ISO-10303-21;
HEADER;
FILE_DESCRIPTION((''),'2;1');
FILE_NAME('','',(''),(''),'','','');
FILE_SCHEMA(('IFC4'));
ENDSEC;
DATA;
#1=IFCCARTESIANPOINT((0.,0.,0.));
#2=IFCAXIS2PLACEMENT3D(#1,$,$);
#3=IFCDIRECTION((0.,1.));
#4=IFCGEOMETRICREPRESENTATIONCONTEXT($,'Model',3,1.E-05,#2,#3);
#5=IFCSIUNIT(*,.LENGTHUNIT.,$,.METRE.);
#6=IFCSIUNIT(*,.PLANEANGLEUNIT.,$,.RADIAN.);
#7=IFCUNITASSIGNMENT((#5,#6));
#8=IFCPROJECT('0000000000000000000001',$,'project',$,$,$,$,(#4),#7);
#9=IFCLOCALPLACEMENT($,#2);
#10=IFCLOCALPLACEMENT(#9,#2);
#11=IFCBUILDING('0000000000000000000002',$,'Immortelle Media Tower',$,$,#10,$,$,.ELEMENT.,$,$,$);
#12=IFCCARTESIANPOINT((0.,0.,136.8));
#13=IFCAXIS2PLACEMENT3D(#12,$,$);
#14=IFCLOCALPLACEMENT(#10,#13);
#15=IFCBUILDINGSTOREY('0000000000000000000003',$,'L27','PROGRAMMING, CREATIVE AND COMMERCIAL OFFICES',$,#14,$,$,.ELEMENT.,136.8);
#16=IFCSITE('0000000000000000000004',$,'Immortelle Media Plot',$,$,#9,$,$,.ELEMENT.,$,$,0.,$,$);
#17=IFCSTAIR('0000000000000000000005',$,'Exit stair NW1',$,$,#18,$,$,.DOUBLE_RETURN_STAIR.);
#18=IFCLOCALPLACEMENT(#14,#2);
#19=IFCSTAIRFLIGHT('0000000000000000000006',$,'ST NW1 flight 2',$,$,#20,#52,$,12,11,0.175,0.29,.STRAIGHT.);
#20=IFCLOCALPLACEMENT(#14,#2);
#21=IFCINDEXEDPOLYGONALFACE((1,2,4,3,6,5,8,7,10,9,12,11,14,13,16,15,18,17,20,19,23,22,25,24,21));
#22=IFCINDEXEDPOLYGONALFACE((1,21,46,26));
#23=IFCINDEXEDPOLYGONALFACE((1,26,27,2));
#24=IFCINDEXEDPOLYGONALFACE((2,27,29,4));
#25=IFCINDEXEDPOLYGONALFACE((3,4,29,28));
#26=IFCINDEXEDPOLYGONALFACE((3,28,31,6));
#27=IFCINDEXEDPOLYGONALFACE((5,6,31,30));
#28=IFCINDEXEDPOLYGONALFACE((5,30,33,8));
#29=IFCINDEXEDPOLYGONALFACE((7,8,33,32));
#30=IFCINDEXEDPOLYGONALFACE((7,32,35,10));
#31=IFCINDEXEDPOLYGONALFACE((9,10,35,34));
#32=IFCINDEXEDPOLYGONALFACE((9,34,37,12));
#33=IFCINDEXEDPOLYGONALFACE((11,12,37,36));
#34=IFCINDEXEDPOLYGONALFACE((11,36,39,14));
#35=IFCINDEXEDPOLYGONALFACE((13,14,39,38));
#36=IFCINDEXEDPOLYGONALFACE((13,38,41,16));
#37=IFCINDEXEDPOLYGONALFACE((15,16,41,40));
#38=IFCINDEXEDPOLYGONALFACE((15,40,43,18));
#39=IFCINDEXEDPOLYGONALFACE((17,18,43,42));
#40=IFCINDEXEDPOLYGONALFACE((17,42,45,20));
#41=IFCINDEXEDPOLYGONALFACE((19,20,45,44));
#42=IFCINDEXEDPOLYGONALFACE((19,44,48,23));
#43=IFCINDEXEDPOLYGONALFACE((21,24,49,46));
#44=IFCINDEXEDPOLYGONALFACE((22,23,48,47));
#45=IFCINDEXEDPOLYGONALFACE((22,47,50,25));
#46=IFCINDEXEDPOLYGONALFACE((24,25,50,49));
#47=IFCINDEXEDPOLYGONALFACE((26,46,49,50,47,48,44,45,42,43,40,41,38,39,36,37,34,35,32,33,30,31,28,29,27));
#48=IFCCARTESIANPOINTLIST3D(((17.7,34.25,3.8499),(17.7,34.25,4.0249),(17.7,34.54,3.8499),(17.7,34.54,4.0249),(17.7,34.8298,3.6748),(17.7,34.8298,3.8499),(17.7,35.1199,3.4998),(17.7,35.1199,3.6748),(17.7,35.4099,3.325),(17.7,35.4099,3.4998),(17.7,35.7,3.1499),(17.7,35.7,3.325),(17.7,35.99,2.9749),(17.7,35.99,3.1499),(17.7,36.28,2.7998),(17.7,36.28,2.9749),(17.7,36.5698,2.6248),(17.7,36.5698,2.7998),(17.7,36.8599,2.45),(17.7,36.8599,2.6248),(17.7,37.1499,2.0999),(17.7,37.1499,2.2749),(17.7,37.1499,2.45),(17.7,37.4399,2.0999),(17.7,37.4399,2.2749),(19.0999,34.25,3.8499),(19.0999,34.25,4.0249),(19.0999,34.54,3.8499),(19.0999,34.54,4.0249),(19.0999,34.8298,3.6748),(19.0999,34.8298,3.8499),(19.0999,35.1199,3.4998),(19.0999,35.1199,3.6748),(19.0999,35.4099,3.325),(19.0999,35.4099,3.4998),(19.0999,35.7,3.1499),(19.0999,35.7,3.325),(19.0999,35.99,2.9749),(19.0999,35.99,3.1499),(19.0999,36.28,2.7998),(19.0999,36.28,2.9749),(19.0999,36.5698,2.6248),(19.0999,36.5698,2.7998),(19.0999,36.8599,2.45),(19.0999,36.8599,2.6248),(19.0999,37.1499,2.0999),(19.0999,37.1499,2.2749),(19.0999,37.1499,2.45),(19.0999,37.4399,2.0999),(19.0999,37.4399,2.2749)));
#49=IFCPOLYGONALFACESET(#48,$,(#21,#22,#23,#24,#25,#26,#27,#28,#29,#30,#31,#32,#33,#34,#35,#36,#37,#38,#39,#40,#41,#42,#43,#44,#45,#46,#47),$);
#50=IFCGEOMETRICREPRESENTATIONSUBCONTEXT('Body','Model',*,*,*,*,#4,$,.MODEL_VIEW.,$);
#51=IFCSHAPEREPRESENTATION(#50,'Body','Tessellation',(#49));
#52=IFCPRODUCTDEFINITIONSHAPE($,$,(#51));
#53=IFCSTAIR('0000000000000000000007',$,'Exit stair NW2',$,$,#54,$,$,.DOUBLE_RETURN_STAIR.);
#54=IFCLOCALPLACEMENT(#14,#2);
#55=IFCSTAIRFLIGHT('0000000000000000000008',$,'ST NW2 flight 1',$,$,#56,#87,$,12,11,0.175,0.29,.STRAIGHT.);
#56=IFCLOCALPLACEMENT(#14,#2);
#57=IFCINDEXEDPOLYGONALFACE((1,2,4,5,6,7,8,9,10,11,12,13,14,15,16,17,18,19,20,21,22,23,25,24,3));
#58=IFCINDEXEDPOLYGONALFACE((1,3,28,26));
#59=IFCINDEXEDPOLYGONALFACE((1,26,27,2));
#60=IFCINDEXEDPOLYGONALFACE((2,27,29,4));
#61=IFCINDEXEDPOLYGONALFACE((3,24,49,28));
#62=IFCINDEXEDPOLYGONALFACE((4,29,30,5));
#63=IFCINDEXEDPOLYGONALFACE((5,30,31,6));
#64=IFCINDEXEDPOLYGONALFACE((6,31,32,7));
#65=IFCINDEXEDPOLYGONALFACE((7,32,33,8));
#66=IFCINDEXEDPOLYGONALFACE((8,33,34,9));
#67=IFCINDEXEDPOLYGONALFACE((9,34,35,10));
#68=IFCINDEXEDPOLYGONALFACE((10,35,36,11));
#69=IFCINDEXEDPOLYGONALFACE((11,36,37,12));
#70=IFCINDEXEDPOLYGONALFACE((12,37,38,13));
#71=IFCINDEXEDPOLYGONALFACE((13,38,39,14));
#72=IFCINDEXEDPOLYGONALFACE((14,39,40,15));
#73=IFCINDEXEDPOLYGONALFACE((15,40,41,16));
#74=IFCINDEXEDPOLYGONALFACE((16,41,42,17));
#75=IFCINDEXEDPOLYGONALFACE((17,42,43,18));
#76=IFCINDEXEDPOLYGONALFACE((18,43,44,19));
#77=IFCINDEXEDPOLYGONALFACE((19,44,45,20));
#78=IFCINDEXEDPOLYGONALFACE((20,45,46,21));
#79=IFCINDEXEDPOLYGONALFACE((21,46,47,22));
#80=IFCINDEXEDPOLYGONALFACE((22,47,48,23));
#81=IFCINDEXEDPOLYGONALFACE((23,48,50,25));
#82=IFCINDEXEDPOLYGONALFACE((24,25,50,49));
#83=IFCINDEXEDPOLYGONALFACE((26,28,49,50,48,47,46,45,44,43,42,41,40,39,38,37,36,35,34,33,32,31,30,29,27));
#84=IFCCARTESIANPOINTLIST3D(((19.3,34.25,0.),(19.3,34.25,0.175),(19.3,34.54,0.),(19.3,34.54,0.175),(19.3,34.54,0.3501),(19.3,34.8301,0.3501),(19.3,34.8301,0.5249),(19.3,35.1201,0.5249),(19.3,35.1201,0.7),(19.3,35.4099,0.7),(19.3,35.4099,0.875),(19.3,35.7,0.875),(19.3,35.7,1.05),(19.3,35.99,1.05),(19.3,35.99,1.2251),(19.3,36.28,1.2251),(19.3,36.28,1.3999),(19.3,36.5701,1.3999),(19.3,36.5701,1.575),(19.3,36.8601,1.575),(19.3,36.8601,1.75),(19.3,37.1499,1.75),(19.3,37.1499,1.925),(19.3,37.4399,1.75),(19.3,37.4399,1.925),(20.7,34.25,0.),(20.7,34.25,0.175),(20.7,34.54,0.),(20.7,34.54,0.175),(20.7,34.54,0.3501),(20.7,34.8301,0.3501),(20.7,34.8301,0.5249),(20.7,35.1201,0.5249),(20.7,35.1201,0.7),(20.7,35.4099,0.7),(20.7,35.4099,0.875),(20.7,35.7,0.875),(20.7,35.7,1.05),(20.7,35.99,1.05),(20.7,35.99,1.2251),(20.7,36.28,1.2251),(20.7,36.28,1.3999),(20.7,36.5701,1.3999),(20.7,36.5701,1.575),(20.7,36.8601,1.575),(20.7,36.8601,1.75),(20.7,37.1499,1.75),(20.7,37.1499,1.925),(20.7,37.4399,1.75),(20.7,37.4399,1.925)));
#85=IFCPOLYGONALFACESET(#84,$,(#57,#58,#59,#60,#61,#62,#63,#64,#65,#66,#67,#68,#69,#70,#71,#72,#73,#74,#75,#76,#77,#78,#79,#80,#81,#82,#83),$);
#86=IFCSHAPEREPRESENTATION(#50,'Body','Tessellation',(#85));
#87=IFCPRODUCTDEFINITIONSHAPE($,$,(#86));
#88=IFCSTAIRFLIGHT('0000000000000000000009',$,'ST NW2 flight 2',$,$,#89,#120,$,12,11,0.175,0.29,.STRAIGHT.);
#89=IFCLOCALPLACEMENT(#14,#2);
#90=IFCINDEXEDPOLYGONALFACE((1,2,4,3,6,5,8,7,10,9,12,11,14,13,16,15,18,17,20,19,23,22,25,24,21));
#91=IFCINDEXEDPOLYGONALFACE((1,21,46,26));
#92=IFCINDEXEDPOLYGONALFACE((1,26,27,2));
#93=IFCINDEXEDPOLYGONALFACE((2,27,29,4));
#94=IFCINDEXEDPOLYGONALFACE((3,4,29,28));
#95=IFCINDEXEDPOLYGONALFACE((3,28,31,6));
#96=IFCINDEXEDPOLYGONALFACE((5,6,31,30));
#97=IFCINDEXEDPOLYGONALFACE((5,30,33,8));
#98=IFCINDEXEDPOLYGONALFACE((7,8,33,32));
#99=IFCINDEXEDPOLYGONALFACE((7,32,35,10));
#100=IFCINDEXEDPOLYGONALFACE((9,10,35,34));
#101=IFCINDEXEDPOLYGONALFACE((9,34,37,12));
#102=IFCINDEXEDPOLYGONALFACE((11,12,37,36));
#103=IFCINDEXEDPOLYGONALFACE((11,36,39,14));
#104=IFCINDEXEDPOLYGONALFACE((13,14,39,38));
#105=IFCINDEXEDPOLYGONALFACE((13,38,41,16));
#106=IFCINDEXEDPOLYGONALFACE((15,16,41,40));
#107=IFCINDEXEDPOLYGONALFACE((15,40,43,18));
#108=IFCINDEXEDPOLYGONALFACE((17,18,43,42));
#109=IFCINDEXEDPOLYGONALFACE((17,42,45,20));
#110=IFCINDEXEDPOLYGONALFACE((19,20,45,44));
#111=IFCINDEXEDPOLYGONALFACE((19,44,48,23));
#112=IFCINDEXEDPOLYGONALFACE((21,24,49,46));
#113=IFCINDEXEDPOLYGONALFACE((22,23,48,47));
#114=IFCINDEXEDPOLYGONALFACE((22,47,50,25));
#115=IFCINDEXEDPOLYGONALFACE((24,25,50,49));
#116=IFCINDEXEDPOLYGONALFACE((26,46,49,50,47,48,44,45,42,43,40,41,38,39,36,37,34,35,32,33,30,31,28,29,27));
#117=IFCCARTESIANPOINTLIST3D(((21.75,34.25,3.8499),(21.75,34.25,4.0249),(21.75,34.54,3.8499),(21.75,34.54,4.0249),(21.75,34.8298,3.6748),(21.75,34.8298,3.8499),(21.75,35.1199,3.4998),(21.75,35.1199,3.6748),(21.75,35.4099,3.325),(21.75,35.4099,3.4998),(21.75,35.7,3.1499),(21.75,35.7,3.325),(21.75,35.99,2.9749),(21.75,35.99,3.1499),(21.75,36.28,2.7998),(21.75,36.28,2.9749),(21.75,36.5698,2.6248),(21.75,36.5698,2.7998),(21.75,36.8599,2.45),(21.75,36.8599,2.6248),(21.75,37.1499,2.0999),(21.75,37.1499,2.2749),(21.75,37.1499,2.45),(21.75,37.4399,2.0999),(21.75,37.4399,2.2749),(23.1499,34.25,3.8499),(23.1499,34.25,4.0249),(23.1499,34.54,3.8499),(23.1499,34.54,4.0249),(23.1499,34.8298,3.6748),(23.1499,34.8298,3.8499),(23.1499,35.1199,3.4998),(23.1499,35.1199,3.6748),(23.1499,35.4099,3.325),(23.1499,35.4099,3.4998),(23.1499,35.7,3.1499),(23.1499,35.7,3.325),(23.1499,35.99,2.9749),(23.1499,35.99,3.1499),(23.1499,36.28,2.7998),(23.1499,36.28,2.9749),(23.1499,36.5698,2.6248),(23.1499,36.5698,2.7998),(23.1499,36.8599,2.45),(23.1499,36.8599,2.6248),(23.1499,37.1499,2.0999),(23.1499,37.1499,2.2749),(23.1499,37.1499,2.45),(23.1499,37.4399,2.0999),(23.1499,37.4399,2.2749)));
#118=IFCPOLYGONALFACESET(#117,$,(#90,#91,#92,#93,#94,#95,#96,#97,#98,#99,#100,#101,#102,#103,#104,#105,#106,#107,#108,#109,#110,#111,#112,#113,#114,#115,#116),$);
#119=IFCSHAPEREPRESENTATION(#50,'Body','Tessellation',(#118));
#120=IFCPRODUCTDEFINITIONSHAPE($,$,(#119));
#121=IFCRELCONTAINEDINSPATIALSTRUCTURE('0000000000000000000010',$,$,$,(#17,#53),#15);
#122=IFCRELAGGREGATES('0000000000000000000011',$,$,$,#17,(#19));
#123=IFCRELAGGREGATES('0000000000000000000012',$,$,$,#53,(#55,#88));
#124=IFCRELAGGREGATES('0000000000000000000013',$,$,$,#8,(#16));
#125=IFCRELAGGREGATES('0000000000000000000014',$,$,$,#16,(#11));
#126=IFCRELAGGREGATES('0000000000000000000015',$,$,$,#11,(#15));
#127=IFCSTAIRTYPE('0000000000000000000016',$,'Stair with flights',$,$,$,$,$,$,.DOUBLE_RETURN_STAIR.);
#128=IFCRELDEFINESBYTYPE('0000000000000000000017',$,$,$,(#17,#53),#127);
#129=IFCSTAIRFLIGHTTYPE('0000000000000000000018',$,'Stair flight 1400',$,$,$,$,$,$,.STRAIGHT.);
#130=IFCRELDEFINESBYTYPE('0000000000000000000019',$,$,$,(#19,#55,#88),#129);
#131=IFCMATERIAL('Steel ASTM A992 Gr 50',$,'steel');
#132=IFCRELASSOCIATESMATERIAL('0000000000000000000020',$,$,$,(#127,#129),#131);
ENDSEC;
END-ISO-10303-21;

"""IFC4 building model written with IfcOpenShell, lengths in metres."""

from ifc_helpers import new_model, si_unit, direction, frame, origin, place, context, subcontext, project, spatial, polyline, outline, extrude, material, type_object, element, aggregate, save


model = new_model("IFC4")

# Units and contexts
model_context = context("Model", 3, precision=1e-05, world=origin(), true_north=direction((0.0, 1.0)))
body_context = subcontext(model_context, "Body", "Model", "MODEL_VIEW")
ifc_project = project(units=[si_unit("LENGTHUNIT", "METRE"), si_unit("PLANEANGLEUNIT", "RADIAN")], contexts=[model_context])

# Site, building, storey
site_placement = place(None, origin())
site = spatial("IfcSite", under=ifc_project, at=site_placement, Name="Immortelle Media Plot", CompositionType="ELEMENT", RefElevation=0.0)
building_placement = place(site_placement, origin())
building = spatial("IfcBuilding", under=site, at=building_placement, Name="Immortelle Media Tower", CompositionType="ELEMENT")
storey_placement = place(building_placement, frame((0.0, 0.0, 136.8)))
storey = spatial("IfcBuildingStorey", under=building, at=storey_placement, Name="L27", Description="PROGRAMMING, CREATIVE AND COMMERCIAL OFFICES", CompositionType="ELEMENT", Elevation=136.8)

# Shared definitions
ifc_material_1 = material(Name="Steel ASTM A992 Gr 50", Category="steel")

# Stairs, stair flights
stair_type = type_object("IfcStairType", Name="Stair with flights", PredefinedType="DOUBLE_RETURN_STAIR", material=ifc_material_1)
stair_1_placement = place(storey_placement, origin())
stair_1 = element("IfcStair", 1, at=stair_1_placement, inside=storey, type_object=stair_type, Name="Exit stair NW1", PredefinedType="DOUBLE_RETURN_STAIR")
stair_flight_type = type_object("IfcStairFlightType", Name="Stair flight 1400", PredefinedType="STRAIGHT", material=ifc_material_1)
stair_flight_1_placement = place(storey_placement, frame((18.3999, 37.4399, 2.0999), z_axis=(0.0, 0.0, 1.0), x_axis=(0.0, -1.0, 0.0)))
stair_flight_1 = element("IfcStairFlight", 2, at=stair_flight_1_placement, type_object=stair_flight_type, Name="ST NW1 flight 2", NumberOfRisers=12, NumberOfTreads=11, PredefinedType="STRAIGHT", RiserHeight=0.175, TreadLength=0.29, context=body_context, shape_type="SweptSolid", body=[
    extrude(outline(polyline([(0.0, 0.0), (0.0, 0.175), (0.29, 0.175), (0.29, 0.3501), (0.5801, 0.3501), (0.5801, 0.5249), (0.8701, 0.5249), (0.8701, 0.7), (1.1599, 0.7), (1.1599, 0.875), (1.45, 0.875), (1.45, 1.05), (1.74, 1.05), (1.74, 1.2251), (2.03, 1.2251), (2.03, 1.3999), (2.3201, 1.3999), (2.3201, 1.575), (2.6101, 1.575), (2.6101, 1.75), (2.8999, 1.75), (2.8999, 1.925), (3.1899, 1.925), (3.1899, 2.1001), (3.1899, 1.75), (0.29, 0.0), (0.0, 0.0)])), frame((0.0, 0.7, 0.0), z_axis=(0.0, -1.0, 0.0), x_axis=(1.0, 0.0, 0.0)), (0.0, 0.0, 1.0), 1.3999),
])
aggregate(stair_1, [stair_flight_1])
stair_2_placement = place(storey_placement, origin())
stair_2 = element("IfcStair", 3, at=stair_2_placement, inside=storey, type_object=stair_type, Name="Exit stair NW2", PredefinedType="DOUBLE_RETURN_STAIR")
stair_flight_2_placement = place(storey_placement, frame((20.0, 34.25, 0.0), z_axis=(0.0, 0.0, 1.0), x_axis=(0.0, 1.0, 0.0)))
stair_flight_2 = element("IfcStairFlight", 4, at=stair_flight_2_placement, type_object=stair_flight_type, Name="ST NW2 flight 1", NumberOfRisers=12, NumberOfTreads=11, PredefinedType="STRAIGHT", RiserHeight=0.175, TreadLength=0.29, context=body_context, shape_type="SweptSolid", body=[
    extrude(outline(polyline([(0.0, 0.0), (0.0, 0.175), (0.29, 0.175), (0.29, 0.3501), (0.5801, 0.3501), (0.5801, 0.5249), (0.8701, 0.5249), (0.8701, 0.7), (1.1599, 0.7), (1.1599, 0.875), (1.45, 0.875), (1.45, 1.05), (1.74, 1.05), (1.74, 1.2251), (2.03, 1.2251), (2.03, 1.3999), (2.3201, 1.3999), (2.3201, 1.575), (2.6101, 1.575), (2.6101, 1.75), (2.8999, 1.75), (2.8999, 1.925), (3.1899, 1.925), (3.1899, 2.1001), (3.1899, 1.75), (0.29, 0.0), (0.0, 0.0)])), frame((0.0, 0.7, 0.0), z_axis=(0.0, -1.0, 0.0), x_axis=(1.0, 0.0, 0.0)), (0.0, 0.0, 1.0), 1.3999),
])
stair_flight_3_placement = place(storey_placement, frame((22.45, 37.4399, 2.0999), z_axis=(0.0, 0.0, 1.0), x_axis=(0.0, -1.0, 0.0)))
stair_flight_3 = element("IfcStairFlight", 5, at=stair_flight_3_placement, type_object=stair_flight_type, Name="ST NW2 flight 2", NumberOfRisers=12, NumberOfTreads=11, PredefinedType="STRAIGHT", RiserHeight=0.175, TreadLength=0.29, context=body_context, shape_type="SweptSolid", body=[
    extrude(outline(polyline([(0.0, 0.0), (0.0, 0.175), (0.29, 0.175), (0.29, 0.3501), (0.5801, 0.3501), (0.5801, 0.5249), (0.8701, 0.5249), (0.8701, 0.7), (1.1599, 0.7), (1.1599, 0.875), (1.45, 0.875), (1.45, 1.05), (1.74, 1.05), (1.74, 1.2251), (2.03, 1.2251), (2.03, 1.3999), (2.3201, 1.3999), (2.3201, 1.575), (2.6101, 1.575), (2.6101, 1.75), (2.8999, 1.75), (2.8999, 1.925), (3.1899, 1.925), (3.1899, 2.1001), (3.1899, 1.75), (0.29, 0.0), (0.0, 0.0)])), frame((0.0, 0.7, 0.0), z_axis=(0.0, -1.0, 0.0), x_axis=(1.0, 0.0, 0.0)), (0.0, 0.0, 1.0), 1.3999),
])
aggregate(stair_2, [stair_flight_2, stair_flight_3])

save(model, "model.ifc")
